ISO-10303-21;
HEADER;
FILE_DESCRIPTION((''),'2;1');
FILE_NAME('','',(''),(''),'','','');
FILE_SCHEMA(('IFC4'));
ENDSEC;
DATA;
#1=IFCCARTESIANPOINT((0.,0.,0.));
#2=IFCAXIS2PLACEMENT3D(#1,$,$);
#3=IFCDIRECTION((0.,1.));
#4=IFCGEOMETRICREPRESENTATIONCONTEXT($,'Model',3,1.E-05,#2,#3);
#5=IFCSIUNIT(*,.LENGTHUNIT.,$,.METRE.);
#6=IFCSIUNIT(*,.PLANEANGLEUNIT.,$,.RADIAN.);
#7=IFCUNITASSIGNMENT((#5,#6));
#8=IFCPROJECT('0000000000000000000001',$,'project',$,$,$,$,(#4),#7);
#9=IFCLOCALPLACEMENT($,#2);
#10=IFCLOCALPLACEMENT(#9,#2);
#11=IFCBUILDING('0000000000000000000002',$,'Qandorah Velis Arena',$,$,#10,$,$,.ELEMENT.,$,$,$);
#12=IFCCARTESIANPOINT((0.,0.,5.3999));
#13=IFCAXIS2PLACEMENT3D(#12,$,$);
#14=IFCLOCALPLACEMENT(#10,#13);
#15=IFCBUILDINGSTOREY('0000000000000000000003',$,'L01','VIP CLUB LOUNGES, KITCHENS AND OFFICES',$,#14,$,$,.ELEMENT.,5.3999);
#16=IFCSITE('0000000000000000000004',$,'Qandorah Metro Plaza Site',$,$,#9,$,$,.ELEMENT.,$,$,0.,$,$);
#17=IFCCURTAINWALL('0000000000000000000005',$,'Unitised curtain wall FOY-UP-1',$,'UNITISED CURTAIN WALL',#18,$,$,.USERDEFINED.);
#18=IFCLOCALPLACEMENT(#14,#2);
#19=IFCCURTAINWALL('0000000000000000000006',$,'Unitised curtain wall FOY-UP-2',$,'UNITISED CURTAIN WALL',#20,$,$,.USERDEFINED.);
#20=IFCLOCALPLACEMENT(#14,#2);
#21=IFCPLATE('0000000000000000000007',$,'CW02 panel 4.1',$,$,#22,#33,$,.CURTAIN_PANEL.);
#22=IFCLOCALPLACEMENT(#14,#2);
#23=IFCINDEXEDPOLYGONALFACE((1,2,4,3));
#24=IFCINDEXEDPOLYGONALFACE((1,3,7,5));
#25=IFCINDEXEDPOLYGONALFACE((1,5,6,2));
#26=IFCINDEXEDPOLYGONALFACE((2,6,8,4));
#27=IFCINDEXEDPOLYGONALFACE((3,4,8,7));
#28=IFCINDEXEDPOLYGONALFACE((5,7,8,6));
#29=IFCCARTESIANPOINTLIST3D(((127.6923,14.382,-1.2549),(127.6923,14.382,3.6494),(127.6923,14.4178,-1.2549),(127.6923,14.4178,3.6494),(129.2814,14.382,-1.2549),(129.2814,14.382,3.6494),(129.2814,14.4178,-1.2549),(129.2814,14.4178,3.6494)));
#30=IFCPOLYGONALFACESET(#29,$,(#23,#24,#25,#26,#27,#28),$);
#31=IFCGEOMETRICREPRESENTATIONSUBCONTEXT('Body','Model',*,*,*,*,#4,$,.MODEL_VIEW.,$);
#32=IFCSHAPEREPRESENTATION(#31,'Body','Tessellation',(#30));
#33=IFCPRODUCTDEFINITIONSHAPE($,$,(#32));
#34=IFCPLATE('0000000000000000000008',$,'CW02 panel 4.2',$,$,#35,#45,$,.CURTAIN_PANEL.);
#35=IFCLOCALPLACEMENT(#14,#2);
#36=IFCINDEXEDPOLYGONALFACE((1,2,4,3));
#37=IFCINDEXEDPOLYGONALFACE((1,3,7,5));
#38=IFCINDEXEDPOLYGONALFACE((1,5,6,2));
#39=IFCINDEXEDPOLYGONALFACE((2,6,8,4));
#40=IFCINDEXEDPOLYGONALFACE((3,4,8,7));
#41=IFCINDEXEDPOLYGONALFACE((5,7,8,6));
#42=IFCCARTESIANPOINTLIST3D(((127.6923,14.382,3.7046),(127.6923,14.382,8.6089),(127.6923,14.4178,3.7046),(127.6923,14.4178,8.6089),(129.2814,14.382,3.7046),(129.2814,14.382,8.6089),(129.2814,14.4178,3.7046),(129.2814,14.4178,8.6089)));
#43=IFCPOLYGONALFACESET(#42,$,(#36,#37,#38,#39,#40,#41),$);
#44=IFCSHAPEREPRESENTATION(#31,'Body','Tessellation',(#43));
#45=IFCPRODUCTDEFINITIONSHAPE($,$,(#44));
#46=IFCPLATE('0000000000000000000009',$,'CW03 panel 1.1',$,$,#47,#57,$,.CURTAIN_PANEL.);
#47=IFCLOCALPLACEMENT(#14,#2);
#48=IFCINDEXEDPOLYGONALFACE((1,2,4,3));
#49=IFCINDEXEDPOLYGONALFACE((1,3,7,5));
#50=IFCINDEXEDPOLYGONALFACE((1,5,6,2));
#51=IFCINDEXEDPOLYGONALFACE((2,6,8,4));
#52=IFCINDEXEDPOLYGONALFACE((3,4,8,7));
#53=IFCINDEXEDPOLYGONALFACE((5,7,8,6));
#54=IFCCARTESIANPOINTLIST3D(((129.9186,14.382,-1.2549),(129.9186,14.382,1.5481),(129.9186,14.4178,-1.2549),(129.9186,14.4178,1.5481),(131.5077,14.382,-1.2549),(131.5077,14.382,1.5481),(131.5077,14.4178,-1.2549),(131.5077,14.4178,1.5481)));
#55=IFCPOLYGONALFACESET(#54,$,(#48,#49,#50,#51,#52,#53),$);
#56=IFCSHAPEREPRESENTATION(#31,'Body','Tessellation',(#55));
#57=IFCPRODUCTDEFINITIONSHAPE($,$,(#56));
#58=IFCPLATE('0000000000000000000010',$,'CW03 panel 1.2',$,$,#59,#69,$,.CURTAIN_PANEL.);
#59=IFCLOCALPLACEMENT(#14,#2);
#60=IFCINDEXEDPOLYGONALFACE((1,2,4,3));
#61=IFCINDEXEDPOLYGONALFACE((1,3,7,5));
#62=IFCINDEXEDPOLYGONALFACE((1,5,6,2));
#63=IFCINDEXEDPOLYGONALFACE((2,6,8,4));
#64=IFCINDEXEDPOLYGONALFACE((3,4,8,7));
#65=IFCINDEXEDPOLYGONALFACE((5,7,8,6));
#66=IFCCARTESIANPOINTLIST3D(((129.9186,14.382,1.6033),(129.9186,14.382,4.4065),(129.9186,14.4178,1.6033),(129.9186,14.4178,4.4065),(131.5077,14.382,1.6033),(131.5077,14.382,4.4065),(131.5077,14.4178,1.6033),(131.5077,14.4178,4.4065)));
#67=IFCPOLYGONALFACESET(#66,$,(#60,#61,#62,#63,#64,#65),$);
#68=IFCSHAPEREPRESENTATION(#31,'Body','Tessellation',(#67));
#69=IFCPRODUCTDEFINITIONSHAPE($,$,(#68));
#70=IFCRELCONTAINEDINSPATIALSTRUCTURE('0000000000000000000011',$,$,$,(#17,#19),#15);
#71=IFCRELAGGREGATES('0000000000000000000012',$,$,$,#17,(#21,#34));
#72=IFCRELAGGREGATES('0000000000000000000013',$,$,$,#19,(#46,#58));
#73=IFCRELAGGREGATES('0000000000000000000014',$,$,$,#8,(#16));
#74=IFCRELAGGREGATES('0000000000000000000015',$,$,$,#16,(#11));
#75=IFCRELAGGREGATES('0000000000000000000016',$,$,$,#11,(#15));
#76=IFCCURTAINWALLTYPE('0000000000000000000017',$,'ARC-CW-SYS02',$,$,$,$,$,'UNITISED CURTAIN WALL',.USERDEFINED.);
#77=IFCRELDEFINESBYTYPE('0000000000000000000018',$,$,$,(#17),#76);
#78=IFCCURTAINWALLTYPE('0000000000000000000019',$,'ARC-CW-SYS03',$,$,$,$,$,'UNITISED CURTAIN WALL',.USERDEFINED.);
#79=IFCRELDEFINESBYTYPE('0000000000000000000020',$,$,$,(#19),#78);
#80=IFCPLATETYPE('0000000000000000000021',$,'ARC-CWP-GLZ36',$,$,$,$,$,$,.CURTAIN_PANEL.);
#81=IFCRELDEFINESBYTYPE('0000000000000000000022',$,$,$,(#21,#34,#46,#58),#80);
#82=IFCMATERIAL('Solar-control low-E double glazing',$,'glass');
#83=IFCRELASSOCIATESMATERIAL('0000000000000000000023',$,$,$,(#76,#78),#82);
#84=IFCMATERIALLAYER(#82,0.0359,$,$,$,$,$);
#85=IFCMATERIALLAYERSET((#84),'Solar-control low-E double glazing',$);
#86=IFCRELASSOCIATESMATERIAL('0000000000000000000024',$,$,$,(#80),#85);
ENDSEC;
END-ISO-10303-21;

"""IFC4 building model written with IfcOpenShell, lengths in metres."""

from ifc_helpers import new_model, si_unit, direction, frame, origin, origin_2d, place, context, subcontext, project, spatial, rectangle, extrude, material, layer, layer_set, type_object, element, aggregate, save


model = new_model("IFC4")

# Units and contexts
model_context = context("Model", 3, precision=1e-05, world=origin(), true_north=direction((0.0, 1.0)))
body_context = subcontext(model_context, "Body", "Model", "MODEL_VIEW")
ifc_project = project(units=[si_unit("LENGTHUNIT", "METRE"), si_unit("PLANEANGLEUNIT", "RADIAN")], contexts=[model_context])

# Site, building, storey
site_placement = place(None, origin())
site = spatial("IfcSite", under=ifc_project, at=site_placement, Name="Qandorah Metro Plaza Site", CompositionType="ELEMENT", RefElevation=0.0)
building_placement = place(site_placement, origin())
building = spatial("IfcBuilding", under=site, at=building_placement, Name="Qandorah Velis Arena", CompositionType="ELEMENT")
storey_placement = place(building_placement, frame((0.0, 0.0, 5.3999)))
storey = spatial("IfcBuildingStorey", under=building, at=storey_placement, Name="L01", Description="VIP CLUB LOUNGES, KITCHENS AND OFFICES", CompositionType="ELEMENT", Elevation=5.3999)

# Curtain walls
ifc_material_1 = material(Name="Solar-control low-E double glazing", Category="glass")
curtain_wall_type_1 = type_object("IfcCurtainWallType", Name="ARC-CW-SYS02", ElementType="UNITISED CURTAIN WALL", PredefinedType="USERDEFINED", material=ifc_material_1)
curtain_wall_1_placement = place(storey_placement, origin())
curtain_wall_1 = element("IfcCurtainWall", 1, at=curtain_wall_1_placement, inside=storey, type_object=curtain_wall_type_1, Name="Unitised curtain wall FOY-UP-1", ObjectType="UNITISED CURTAIN WALL", PredefinedType="USERDEFINED")
curtain_wall_type_2 = type_object("IfcCurtainWallType", Name="ARC-CW-SYS03", ElementType="UNITISED CURTAIN WALL", PredefinedType="USERDEFINED", material=ifc_material_1)
curtain_wall_2_placement = place(storey_placement, origin())
curtain_wall_2 = element("IfcCurtainWall", 2, at=curtain_wall_2_placement, inside=storey, type_object=curtain_wall_type_2, Name="Unitised curtain wall FOY-UP-2", ObjectType="UNITISED CURTAIN WALL", PredefinedType="USERDEFINED")

# Plates
ifc_layer = layer(ifc_material_1, 0.0359)
ifc_layer_set = layer_set([ifc_layer], Name="Solar-control low-E double glazing")
plate_type = type_object("IfcPlateType", Name="ARC-CWP-GLZ36", PredefinedType="CURTAIN_PANEL", material=ifc_layer_set)
plate_1_placement = place(storey_placement, frame((128.4868, 14.3999, -1.2549), z_axis=(0.0, 0.0, 1.0), x_axis=(1.0, 0.0, 0.0)))
plate_1 = element("IfcPlate", 3, at=plate_1_placement, type_object=plate_type, Name="CW02 panel 4.1", PredefinedType="CURTAIN_PANEL", context=body_context, shape_type="SweptSolid", body=[
    extrude(rectangle(XDim=1.5891, YDim=0.0359, at=origin_2d()), origin(), (0.0, 0.0, 1.0), 4.9043),
])
plate_2_placement = place(storey_placement, frame((128.4868, 14.3999, 3.7046), z_axis=(0.0, 0.0, 1.0), x_axis=(1.0, 0.0, 0.0)))
plate_2 = element("IfcPlate", 4, at=plate_2_placement, type_object=plate_type, Name="CW02 panel 4.2", PredefinedType="CURTAIN_PANEL", context=body_context, shape_type="SweptSolid", body=[
    extrude(rectangle(XDim=1.5891, YDim=0.0359, at=origin_2d()), origin(), (0.0, 0.0, 1.0), 4.9043),
])
aggregate(curtain_wall_1, [plate_1, plate_2])
plate_3_placement = place(storey_placement, frame((130.7131, 14.3999, -1.2549), z_axis=(0.0, 0.0, 1.0), x_axis=(1.0, 0.0, 0.0)))
plate_3 = element("IfcPlate", 5, at=plate_3_placement, type_object=plate_type, Name="CW03 panel 1.1", PredefinedType="CURTAIN_PANEL", context=body_context, shape_type="SweptSolid", body=[
    extrude(rectangle(XDim=1.5891, YDim=0.0359, at=origin_2d()), origin(), (0.0, 0.0, 1.0), 2.803),
])
plate_4_placement = place(storey_placement, frame((130.7131, 14.3999, 1.6033), z_axis=(0.0, 0.0, 1.0), x_axis=(1.0, 0.0, 0.0)))
plate_4 = element("IfcPlate", 6, at=plate_4_placement, type_object=plate_type, Name="CW03 panel 1.2", PredefinedType="CURTAIN_PANEL", context=body_context, shape_type="SweptSolid", body=[
    extrude(rectangle(XDim=1.5891, YDim=0.0359, at=origin_2d()), origin(), (0.0, 0.0, 1.0), 2.8032),
])
aggregate(curtain_wall_2, [plate_3, plate_4])

save(model, "model.ifc")
